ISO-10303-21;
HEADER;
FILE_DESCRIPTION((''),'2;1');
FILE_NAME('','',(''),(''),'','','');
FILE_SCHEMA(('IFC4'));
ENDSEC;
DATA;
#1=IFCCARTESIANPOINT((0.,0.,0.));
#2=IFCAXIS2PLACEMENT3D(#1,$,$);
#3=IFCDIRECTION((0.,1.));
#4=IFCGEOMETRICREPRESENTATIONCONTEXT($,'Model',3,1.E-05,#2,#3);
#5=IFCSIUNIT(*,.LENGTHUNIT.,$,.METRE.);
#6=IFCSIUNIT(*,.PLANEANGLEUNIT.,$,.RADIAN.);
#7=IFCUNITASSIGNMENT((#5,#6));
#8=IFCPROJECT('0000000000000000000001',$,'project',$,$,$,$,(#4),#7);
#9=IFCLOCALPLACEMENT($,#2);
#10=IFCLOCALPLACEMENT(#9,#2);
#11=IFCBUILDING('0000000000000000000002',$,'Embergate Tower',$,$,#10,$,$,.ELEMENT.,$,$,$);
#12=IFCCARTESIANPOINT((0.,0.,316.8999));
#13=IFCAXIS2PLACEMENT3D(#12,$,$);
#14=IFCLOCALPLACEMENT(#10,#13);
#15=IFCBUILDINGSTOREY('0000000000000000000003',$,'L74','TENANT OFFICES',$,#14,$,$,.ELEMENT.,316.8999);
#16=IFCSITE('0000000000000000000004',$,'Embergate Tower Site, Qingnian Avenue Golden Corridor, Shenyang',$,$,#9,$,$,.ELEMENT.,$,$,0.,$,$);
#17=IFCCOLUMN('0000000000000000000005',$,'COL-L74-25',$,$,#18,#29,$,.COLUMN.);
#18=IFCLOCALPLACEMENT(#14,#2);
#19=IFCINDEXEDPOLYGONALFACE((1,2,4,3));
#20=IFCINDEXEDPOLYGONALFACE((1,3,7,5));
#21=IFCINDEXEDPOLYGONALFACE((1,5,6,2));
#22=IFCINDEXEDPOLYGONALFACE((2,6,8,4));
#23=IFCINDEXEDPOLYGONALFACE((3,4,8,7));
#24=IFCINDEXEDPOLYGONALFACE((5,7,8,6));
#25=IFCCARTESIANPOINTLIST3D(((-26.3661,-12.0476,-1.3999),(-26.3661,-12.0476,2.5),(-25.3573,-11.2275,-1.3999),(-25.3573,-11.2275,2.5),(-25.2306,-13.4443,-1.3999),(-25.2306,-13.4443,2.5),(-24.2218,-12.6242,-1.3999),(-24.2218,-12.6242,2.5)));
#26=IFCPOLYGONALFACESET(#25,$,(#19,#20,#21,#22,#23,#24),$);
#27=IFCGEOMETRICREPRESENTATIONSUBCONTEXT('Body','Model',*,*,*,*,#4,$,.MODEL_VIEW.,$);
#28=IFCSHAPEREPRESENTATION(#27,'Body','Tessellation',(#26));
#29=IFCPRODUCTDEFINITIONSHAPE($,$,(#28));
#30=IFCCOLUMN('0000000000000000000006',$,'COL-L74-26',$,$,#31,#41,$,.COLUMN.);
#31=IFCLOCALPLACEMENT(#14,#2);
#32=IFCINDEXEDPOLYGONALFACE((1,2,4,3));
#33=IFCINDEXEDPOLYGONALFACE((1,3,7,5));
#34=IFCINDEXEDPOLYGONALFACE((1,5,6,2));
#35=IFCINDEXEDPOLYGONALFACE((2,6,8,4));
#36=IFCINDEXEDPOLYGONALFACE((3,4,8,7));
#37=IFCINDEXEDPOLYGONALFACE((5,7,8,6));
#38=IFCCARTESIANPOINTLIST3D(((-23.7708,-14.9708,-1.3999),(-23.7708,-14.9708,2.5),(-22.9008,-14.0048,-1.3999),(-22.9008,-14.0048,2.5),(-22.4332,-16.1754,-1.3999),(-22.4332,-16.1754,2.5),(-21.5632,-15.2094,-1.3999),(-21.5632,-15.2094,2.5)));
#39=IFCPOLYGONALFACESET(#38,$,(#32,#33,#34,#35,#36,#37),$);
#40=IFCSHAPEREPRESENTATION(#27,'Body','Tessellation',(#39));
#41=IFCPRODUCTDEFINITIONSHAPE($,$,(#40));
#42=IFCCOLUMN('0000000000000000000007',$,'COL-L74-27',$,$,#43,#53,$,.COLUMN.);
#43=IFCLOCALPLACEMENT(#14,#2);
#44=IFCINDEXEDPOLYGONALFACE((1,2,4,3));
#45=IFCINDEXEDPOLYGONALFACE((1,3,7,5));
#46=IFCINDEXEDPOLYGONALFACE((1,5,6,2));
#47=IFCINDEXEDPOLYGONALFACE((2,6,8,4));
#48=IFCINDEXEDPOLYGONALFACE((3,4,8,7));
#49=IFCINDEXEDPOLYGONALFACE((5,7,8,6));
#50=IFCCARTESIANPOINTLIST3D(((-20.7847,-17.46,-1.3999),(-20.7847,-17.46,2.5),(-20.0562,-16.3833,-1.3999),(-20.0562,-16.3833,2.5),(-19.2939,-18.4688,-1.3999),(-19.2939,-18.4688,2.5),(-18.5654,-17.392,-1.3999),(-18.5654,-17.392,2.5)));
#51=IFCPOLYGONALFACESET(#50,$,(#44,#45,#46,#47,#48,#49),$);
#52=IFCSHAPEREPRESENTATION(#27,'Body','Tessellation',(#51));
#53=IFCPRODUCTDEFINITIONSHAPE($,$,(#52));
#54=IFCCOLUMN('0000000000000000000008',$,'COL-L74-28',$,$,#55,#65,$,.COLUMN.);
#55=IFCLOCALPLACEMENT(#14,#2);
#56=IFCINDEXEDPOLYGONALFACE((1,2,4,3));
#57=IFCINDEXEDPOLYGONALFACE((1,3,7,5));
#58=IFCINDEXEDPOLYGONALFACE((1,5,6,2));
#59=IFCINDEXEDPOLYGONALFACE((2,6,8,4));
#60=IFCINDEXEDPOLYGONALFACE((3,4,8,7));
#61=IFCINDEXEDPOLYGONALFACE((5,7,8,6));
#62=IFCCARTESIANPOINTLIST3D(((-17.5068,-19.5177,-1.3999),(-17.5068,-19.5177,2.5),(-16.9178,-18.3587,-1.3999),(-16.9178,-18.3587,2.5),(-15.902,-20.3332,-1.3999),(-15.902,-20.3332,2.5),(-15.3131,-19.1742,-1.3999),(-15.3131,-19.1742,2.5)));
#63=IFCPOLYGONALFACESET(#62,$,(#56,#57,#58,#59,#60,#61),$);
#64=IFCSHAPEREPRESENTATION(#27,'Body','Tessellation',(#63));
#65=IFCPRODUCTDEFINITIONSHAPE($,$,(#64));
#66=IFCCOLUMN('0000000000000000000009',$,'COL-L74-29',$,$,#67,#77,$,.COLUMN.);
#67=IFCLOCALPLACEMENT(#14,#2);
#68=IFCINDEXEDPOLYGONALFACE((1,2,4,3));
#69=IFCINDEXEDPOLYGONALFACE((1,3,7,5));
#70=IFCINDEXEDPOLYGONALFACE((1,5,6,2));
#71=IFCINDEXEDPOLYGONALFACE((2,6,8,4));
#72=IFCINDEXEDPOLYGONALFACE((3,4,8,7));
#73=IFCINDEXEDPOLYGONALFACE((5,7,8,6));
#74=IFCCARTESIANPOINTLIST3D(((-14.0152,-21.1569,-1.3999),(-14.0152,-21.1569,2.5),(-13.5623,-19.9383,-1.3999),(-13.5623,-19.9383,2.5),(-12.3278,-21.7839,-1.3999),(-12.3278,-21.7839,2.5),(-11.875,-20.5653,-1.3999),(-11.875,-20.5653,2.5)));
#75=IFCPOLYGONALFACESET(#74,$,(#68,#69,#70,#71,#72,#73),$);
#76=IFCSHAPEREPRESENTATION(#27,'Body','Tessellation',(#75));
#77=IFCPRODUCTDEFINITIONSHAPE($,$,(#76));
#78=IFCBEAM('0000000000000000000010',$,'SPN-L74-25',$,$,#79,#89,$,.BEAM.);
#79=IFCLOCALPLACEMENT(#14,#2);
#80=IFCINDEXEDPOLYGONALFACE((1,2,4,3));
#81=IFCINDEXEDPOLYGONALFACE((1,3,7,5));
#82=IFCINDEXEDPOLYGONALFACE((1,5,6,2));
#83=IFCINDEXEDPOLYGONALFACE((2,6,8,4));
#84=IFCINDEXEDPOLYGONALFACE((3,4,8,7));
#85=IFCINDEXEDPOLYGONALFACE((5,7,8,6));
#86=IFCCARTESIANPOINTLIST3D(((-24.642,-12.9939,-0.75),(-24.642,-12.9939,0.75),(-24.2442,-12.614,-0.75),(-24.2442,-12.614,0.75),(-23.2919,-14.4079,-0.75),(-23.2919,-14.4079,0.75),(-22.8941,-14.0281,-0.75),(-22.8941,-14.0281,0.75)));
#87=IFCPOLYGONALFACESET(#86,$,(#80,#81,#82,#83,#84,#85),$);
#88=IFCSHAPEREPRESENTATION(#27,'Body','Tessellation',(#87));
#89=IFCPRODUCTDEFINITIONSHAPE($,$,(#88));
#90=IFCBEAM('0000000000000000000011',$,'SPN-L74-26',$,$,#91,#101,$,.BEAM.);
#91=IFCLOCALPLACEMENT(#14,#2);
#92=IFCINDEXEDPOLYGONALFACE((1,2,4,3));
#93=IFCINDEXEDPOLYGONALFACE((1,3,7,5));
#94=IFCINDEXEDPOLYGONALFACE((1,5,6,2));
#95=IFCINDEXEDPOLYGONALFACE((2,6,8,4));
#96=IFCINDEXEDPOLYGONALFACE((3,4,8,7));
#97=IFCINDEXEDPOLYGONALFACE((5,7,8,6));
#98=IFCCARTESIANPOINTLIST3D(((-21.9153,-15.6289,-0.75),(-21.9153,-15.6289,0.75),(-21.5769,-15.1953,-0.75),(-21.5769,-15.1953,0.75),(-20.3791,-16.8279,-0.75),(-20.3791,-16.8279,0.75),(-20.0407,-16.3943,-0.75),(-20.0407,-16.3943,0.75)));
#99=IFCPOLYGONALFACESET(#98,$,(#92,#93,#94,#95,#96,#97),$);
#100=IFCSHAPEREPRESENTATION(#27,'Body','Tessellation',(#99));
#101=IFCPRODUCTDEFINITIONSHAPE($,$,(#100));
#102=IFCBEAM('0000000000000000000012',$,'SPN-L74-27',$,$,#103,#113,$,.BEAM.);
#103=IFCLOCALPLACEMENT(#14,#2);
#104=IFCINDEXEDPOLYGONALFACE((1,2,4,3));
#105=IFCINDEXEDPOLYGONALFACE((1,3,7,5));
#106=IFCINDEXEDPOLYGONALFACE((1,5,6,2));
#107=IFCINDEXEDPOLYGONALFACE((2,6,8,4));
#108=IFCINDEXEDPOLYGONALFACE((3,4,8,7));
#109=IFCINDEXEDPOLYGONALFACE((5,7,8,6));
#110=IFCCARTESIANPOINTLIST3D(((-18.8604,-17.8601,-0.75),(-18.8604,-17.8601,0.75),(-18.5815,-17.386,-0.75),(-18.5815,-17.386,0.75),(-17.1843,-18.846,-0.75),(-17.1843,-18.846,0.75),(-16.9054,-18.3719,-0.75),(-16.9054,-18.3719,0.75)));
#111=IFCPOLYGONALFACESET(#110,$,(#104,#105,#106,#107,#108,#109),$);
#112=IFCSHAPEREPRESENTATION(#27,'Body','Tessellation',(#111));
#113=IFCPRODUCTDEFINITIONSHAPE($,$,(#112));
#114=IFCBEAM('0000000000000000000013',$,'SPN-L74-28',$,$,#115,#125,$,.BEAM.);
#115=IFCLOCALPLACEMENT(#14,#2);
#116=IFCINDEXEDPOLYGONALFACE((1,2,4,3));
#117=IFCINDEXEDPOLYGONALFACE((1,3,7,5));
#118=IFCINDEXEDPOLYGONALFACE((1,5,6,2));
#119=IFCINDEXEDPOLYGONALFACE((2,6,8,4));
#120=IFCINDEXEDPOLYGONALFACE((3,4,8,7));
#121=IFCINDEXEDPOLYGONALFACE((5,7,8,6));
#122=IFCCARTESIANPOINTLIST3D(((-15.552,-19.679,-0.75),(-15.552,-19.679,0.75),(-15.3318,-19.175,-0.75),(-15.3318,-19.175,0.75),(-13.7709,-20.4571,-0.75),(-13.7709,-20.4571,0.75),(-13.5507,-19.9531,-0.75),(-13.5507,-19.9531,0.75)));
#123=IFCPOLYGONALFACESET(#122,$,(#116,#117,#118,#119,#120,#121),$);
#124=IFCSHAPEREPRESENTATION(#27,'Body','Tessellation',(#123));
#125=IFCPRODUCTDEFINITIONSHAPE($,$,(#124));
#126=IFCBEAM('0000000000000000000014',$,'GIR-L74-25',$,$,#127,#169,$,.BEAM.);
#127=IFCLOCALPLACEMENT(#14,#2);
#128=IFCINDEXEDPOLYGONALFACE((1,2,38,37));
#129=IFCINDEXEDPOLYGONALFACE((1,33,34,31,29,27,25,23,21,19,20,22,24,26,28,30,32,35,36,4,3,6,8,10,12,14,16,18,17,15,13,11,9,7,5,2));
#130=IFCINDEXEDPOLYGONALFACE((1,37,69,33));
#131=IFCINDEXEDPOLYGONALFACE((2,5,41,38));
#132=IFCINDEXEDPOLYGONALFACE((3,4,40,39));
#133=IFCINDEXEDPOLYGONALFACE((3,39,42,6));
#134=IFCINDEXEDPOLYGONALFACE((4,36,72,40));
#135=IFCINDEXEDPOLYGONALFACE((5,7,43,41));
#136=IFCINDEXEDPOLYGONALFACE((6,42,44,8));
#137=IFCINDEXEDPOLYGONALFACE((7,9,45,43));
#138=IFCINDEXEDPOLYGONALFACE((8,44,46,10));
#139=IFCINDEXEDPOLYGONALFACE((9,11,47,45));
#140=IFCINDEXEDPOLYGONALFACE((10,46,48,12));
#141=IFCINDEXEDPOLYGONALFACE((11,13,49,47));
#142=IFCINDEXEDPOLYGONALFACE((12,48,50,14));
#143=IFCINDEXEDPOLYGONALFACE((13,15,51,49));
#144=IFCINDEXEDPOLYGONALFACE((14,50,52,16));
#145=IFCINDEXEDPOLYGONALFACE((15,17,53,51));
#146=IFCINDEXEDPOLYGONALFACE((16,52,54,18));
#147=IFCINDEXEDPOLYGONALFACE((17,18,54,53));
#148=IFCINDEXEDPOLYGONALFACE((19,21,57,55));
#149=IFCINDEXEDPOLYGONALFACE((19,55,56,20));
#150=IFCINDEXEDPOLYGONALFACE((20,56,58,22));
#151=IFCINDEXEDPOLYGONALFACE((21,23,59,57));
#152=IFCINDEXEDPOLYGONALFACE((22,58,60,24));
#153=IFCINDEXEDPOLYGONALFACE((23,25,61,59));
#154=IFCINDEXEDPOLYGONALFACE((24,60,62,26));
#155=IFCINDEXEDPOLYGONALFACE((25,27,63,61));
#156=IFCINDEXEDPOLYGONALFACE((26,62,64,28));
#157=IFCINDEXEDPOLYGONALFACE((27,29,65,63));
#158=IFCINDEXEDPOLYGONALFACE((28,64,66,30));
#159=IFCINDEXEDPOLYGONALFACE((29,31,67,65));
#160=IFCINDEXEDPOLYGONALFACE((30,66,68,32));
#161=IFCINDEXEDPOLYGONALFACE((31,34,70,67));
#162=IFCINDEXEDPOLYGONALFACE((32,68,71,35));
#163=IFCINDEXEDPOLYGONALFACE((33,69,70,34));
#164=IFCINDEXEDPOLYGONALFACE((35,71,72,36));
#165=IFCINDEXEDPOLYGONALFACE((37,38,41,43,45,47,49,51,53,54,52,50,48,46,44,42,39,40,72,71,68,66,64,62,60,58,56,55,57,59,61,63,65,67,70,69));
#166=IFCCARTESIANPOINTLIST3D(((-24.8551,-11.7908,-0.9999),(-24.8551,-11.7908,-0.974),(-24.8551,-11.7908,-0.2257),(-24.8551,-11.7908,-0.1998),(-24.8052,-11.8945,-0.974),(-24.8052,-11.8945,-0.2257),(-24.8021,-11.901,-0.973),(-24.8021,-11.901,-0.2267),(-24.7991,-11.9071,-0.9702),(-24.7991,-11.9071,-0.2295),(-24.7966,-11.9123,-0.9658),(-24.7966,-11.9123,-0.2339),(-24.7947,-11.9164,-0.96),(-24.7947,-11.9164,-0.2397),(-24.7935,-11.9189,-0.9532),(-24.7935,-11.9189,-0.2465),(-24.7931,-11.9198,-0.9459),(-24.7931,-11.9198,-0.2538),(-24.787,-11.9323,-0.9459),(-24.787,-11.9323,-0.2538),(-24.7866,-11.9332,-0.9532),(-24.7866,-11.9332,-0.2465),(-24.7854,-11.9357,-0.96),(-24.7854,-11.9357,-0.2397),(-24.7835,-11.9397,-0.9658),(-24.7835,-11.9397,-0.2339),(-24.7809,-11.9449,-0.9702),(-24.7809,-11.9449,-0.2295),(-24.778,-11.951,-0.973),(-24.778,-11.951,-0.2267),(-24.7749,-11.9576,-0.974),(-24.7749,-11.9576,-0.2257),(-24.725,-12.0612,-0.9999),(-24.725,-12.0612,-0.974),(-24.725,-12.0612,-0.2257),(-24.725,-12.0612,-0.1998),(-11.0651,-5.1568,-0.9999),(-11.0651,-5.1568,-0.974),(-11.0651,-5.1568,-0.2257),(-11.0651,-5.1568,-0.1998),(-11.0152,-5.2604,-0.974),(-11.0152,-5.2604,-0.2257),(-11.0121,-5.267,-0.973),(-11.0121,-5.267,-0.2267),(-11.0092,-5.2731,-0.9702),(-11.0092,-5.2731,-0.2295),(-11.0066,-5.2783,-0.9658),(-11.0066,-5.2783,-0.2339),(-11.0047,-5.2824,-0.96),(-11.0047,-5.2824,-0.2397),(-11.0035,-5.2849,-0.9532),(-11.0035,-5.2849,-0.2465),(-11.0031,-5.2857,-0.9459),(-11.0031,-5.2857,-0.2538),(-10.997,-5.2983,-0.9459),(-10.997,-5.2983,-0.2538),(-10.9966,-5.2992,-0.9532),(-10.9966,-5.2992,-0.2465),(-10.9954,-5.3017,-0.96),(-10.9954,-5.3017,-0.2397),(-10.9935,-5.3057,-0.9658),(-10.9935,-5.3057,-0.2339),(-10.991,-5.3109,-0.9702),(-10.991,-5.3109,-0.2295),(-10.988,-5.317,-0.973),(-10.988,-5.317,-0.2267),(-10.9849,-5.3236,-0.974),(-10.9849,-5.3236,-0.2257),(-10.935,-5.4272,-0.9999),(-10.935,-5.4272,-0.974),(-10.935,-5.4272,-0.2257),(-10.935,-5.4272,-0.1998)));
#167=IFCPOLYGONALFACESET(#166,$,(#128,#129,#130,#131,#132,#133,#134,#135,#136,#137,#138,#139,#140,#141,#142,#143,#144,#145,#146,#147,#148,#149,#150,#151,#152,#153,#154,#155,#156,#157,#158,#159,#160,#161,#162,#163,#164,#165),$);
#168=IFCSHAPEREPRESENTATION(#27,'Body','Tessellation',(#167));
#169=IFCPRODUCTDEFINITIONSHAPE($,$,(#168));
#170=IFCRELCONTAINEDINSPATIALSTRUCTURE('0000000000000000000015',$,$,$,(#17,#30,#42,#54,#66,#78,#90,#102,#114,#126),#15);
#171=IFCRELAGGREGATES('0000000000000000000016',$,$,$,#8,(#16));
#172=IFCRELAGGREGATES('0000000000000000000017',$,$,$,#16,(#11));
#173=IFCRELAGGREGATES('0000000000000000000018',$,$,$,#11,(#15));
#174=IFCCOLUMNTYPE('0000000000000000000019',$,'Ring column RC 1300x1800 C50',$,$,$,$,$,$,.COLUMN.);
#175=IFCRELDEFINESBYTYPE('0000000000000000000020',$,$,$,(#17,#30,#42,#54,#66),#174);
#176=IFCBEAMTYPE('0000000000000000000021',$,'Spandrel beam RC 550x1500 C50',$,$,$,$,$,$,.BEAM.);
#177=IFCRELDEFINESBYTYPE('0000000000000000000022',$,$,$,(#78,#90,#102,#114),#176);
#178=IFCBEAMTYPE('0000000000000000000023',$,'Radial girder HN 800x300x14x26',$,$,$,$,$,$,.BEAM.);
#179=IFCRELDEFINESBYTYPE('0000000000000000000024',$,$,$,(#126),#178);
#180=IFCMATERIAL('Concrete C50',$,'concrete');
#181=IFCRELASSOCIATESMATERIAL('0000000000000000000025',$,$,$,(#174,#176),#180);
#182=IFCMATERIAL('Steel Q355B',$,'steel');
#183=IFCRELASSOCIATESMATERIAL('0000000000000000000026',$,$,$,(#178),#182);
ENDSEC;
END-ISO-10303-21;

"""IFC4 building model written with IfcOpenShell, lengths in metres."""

from ifc_helpers import new_model, si_unit, direction, frame, origin, origin_2d, place, context, subcontext, project, spatial, rectangle, i_section, extrude, source, transform, mapped, material, material_profile, profile_set, type_object, element, save


model = new_model("IFC4")

# Units and contexts
model_context = context("Model", 3, precision=1e-05, world=origin(), true_north=direction((0.0, 1.0)))
body_context = subcontext(model_context, "Body", "Model", "MODEL_VIEW")
ifc_project = project(units=[si_unit("LENGTHUNIT", "METRE"), si_unit("PLANEANGLEUNIT", "RADIAN")], contexts=[model_context])

# Site, building, storey
site_placement = place(None, origin())
site = spatial("IfcSite", under=ifc_project, at=site_placement, Name="Embergate Tower Site, Qingnian Avenue Golden Corridor, Shenyang", CompositionType="ELEMENT", RefElevation=0.0)
building_placement = place(site_placement, origin())
building = spatial("IfcBuilding", under=site, at=building_placement, Name="Embergate Tower", CompositionType="ELEMENT")
storey_placement = place(building_placement, frame((0.0, 0.0, 316.8999)))
storey = spatial("IfcBuildingStorey", under=building, at=storey_placement, Name="L74", Description="TENANT OFFICES", CompositionType="ELEMENT", Elevation=316.8999)

# Columns
ifc_material_1 = material(Name="Concrete C50", Category="concrete")
ifc_material_profile_1 = material_profile(ifc_material_1, rectangle(XDim=1.3, YDim=1.8, at=origin_2d()), Name="RC 1300x1800")
ifc_profile_set_1 = profile_set([ifc_material_profile_1], Name="Concrete C50")
column_type = type_object("IfcColumnType", Name="Ring column RC 1300x1800 C50", PredefinedType="COLUMN", material=ifc_profile_set_1)
shared_shape_1 = source(origin(), body_context, "Body", "SweptSolid", [
    extrude(rectangle(XDim=1.3, YDim=1.8, at=origin_2d()), origin(), (0.0, 0.0, 1.0), 3.8999),
])
for number, where, z_axis, x_axis, name in (
    (1, (-25.2939, -12.3359, -1.3999), (0.0, 0.0, 1.0), (-0.775925, -0.630825, 0.0), "COL-L74-25"),
    (2, (-22.667, -15.0901, -1.3999), (0.0, 0.0, 1.0), (-0.669221, -0.743063, 0.0), "COL-L74-26"),
    (3, (-19.675, -17.426, -1.3999), (0.0, 0.0, 1.0), (-0.560393, -0.828227, 0.0), "COL-L74-27"),
    (4, (-16.4099, -19.3459, -1.3999), (0.0, 0.0, 1.0), (-0.453011, -0.891505, 0.0), "COL-L74-28"),
    (5, (-12.9451, -20.8611, -1.3999), (0.0, 0.0, 1.0), (-0.348343, -0.937367, 0.0), "COL-L74-29"),
):
    element("IfcColumn", number, at=place(storey_placement, frame(where, z_axis=z_axis, x_axis=x_axis)), inside=storey, type_object=column_type, Name=name, PredefinedType="COLUMN", context=body_context, shape_type="MappedRepresentation", body=[
        mapped(shared_shape_1, transform((0.0, 0.0, 0.0))),
    ])

# Beams
ifc_material_profile_2 = material_profile(ifc_material_1, rectangle(XDim=0.55, YDim=1.5, at=origin_2d()), Name="RC 550x1500")
ifc_profile_set_2 = profile_set([ifc_material_profile_2], Name="Concrete C50")
beam_type_1 = type_object("IfcBeamType", Name="Spandrel beam RC 550x1500 C50", PredefinedType="BEAM", material=ifc_profile_set_2)
shared_shape_2 = source(origin(), body_context, "Body", "SweptSolid", [
    extrude(rectangle(XDim=0.55, YDim=1.5, at=origin_2d()), origin(), (0.0, 0.0, 1.0), 1.9551),
])
beam_1_placement = place(storey_placement, frame((-24.4431, -12.804, 0.0), z_axis=(0.690559, -0.723276, 0.0), x_axis=(0.723276, 0.690559, 0.0)))
element("IfcBeam", 6, at=beam_1_placement, inside=storey, type_object=beam_type_1, Name="SPN-L74-25", PredefinedType="BEAM", context=body_context, shape_type="MappedRepresentation", body=[
    mapped(shared_shape_2, transform((0.0, 0.0, 0.0))),
])
shared_shape_3 = source(origin(), body_context, "Body", "SweptSolid", [
    extrude(rectangle(XDim=0.55, YDim=1.5, at=origin_2d()), origin(), (0.0, 0.0, 1.0), 1.9487),
])
beam_2_placement = place(storey_placement, frame((-21.7461, -15.4121, 0.0), z_axis=(0.788305, -0.615284, 0.0), x_axis=(0.615284, 0.788305, 0.0)))
element("IfcBeam", 7, at=beam_2_placement, inside=storey, type_object=beam_type_1, Name="SPN-L74-26", PredefinedType="BEAM", context=body_context, shape_type="MappedRepresentation", body=[
    mapped(shared_shape_3, transform((0.0, 0.0, 0.0))),
])
shared_shape_4 = source(origin(), body_context, "Body", "SweptSolid", [
    extrude(rectangle(XDim=0.55, YDim=1.5, at=origin_2d()), origin(), (0.0, 0.0, 1.0), 1.9446),
])
beam_3_placement = place(storey_placement, frame((-18.7209, -17.623, 0.0), z_axis=(0.861947, -0.506998, 0.0), x_axis=(0.506998, 0.861947, 0.0)))
element("IfcBeam", 8, at=beam_3_placement, inside=storey, type_object=beam_type_1, Name="SPN-L74-27", PredefinedType="BEAM", context=body_context, shape_type="MappedRepresentation", body=[
    mapped(shared_shape_4, transform((0.0, 0.0, 0.0))),
])
shared_shape_5 = source(origin(), body_context, "Body", "SweptSolid", [
    extrude(rectangle(XDim=0.55, YDim=1.5, at=origin_2d()), origin(), (0.0, 0.0, 1.0), 1.9436),
])
beam_4_placement = place(storey_placement, frame((-15.4419, -19.427, 0.0), z_axis=(0.916368, -0.400338, 0.0), x_axis=(0.400338, 0.916368, 0.0)))
element("IfcBeam", 9, at=beam_4_placement, inside=storey, type_object=beam_type_1, Name="SPN-L74-28", PredefinedType="BEAM", context=body_context, shape_type="MappedRepresentation", body=[
    mapped(shared_shape_5, transform((0.0, 0.0, 0.0))),
])
ifc_material_2 = material(Name="Steel Q355B", Category="steel")
ifc_material_profile_3 = material_profile(ifc_material_2, i_section(OverallWidth=0.3, OverallDepth=0.8, WebThickness=0.0139, FlangeThickness=0.0259, FilletRadius=0.0281, at=origin_2d()), Name="HN 800x300x14x26")
ifc_profile_set_3 = profile_set([ifc_material_profile_3], Name="Steel Q355 grade B")
beam_type_2 = type_object("IfcBeamType", Name="Radial girder HN 800x300x14x26", PredefinedType="BEAM", material=ifc_profile_set_3)
shared_shape_6 = source(origin(), body_context, "Body", "SweptSolid", [
    extrude(i_section(OverallWidth=0.3, OverallDepth=0.8, WebThickness=0.0139, FlangeThickness=0.0259, FilletRadius=0.0281, at=origin_2d()), origin(), (0.0, 0.0, 1.0), 15.3027),
])
beam_5_placement = place(storey_placement, frame((-24.79, -11.926, -0.5999), z_axis=(0.901145, 0.433518, 0.0), x_axis=(-0.433518, 0.901145, 0.0)))
element("IfcBeam", 10, at=beam_5_placement, inside=storey, type_object=beam_type_2, Name="GIR-L74-25", PredefinedType="BEAM", context=body_context, shape_type="MappedRepresentation", body=[
    mapped(shared_shape_6, transform((0.0, 0.0, 0.0))),
])

save(model, "model.ifc")
